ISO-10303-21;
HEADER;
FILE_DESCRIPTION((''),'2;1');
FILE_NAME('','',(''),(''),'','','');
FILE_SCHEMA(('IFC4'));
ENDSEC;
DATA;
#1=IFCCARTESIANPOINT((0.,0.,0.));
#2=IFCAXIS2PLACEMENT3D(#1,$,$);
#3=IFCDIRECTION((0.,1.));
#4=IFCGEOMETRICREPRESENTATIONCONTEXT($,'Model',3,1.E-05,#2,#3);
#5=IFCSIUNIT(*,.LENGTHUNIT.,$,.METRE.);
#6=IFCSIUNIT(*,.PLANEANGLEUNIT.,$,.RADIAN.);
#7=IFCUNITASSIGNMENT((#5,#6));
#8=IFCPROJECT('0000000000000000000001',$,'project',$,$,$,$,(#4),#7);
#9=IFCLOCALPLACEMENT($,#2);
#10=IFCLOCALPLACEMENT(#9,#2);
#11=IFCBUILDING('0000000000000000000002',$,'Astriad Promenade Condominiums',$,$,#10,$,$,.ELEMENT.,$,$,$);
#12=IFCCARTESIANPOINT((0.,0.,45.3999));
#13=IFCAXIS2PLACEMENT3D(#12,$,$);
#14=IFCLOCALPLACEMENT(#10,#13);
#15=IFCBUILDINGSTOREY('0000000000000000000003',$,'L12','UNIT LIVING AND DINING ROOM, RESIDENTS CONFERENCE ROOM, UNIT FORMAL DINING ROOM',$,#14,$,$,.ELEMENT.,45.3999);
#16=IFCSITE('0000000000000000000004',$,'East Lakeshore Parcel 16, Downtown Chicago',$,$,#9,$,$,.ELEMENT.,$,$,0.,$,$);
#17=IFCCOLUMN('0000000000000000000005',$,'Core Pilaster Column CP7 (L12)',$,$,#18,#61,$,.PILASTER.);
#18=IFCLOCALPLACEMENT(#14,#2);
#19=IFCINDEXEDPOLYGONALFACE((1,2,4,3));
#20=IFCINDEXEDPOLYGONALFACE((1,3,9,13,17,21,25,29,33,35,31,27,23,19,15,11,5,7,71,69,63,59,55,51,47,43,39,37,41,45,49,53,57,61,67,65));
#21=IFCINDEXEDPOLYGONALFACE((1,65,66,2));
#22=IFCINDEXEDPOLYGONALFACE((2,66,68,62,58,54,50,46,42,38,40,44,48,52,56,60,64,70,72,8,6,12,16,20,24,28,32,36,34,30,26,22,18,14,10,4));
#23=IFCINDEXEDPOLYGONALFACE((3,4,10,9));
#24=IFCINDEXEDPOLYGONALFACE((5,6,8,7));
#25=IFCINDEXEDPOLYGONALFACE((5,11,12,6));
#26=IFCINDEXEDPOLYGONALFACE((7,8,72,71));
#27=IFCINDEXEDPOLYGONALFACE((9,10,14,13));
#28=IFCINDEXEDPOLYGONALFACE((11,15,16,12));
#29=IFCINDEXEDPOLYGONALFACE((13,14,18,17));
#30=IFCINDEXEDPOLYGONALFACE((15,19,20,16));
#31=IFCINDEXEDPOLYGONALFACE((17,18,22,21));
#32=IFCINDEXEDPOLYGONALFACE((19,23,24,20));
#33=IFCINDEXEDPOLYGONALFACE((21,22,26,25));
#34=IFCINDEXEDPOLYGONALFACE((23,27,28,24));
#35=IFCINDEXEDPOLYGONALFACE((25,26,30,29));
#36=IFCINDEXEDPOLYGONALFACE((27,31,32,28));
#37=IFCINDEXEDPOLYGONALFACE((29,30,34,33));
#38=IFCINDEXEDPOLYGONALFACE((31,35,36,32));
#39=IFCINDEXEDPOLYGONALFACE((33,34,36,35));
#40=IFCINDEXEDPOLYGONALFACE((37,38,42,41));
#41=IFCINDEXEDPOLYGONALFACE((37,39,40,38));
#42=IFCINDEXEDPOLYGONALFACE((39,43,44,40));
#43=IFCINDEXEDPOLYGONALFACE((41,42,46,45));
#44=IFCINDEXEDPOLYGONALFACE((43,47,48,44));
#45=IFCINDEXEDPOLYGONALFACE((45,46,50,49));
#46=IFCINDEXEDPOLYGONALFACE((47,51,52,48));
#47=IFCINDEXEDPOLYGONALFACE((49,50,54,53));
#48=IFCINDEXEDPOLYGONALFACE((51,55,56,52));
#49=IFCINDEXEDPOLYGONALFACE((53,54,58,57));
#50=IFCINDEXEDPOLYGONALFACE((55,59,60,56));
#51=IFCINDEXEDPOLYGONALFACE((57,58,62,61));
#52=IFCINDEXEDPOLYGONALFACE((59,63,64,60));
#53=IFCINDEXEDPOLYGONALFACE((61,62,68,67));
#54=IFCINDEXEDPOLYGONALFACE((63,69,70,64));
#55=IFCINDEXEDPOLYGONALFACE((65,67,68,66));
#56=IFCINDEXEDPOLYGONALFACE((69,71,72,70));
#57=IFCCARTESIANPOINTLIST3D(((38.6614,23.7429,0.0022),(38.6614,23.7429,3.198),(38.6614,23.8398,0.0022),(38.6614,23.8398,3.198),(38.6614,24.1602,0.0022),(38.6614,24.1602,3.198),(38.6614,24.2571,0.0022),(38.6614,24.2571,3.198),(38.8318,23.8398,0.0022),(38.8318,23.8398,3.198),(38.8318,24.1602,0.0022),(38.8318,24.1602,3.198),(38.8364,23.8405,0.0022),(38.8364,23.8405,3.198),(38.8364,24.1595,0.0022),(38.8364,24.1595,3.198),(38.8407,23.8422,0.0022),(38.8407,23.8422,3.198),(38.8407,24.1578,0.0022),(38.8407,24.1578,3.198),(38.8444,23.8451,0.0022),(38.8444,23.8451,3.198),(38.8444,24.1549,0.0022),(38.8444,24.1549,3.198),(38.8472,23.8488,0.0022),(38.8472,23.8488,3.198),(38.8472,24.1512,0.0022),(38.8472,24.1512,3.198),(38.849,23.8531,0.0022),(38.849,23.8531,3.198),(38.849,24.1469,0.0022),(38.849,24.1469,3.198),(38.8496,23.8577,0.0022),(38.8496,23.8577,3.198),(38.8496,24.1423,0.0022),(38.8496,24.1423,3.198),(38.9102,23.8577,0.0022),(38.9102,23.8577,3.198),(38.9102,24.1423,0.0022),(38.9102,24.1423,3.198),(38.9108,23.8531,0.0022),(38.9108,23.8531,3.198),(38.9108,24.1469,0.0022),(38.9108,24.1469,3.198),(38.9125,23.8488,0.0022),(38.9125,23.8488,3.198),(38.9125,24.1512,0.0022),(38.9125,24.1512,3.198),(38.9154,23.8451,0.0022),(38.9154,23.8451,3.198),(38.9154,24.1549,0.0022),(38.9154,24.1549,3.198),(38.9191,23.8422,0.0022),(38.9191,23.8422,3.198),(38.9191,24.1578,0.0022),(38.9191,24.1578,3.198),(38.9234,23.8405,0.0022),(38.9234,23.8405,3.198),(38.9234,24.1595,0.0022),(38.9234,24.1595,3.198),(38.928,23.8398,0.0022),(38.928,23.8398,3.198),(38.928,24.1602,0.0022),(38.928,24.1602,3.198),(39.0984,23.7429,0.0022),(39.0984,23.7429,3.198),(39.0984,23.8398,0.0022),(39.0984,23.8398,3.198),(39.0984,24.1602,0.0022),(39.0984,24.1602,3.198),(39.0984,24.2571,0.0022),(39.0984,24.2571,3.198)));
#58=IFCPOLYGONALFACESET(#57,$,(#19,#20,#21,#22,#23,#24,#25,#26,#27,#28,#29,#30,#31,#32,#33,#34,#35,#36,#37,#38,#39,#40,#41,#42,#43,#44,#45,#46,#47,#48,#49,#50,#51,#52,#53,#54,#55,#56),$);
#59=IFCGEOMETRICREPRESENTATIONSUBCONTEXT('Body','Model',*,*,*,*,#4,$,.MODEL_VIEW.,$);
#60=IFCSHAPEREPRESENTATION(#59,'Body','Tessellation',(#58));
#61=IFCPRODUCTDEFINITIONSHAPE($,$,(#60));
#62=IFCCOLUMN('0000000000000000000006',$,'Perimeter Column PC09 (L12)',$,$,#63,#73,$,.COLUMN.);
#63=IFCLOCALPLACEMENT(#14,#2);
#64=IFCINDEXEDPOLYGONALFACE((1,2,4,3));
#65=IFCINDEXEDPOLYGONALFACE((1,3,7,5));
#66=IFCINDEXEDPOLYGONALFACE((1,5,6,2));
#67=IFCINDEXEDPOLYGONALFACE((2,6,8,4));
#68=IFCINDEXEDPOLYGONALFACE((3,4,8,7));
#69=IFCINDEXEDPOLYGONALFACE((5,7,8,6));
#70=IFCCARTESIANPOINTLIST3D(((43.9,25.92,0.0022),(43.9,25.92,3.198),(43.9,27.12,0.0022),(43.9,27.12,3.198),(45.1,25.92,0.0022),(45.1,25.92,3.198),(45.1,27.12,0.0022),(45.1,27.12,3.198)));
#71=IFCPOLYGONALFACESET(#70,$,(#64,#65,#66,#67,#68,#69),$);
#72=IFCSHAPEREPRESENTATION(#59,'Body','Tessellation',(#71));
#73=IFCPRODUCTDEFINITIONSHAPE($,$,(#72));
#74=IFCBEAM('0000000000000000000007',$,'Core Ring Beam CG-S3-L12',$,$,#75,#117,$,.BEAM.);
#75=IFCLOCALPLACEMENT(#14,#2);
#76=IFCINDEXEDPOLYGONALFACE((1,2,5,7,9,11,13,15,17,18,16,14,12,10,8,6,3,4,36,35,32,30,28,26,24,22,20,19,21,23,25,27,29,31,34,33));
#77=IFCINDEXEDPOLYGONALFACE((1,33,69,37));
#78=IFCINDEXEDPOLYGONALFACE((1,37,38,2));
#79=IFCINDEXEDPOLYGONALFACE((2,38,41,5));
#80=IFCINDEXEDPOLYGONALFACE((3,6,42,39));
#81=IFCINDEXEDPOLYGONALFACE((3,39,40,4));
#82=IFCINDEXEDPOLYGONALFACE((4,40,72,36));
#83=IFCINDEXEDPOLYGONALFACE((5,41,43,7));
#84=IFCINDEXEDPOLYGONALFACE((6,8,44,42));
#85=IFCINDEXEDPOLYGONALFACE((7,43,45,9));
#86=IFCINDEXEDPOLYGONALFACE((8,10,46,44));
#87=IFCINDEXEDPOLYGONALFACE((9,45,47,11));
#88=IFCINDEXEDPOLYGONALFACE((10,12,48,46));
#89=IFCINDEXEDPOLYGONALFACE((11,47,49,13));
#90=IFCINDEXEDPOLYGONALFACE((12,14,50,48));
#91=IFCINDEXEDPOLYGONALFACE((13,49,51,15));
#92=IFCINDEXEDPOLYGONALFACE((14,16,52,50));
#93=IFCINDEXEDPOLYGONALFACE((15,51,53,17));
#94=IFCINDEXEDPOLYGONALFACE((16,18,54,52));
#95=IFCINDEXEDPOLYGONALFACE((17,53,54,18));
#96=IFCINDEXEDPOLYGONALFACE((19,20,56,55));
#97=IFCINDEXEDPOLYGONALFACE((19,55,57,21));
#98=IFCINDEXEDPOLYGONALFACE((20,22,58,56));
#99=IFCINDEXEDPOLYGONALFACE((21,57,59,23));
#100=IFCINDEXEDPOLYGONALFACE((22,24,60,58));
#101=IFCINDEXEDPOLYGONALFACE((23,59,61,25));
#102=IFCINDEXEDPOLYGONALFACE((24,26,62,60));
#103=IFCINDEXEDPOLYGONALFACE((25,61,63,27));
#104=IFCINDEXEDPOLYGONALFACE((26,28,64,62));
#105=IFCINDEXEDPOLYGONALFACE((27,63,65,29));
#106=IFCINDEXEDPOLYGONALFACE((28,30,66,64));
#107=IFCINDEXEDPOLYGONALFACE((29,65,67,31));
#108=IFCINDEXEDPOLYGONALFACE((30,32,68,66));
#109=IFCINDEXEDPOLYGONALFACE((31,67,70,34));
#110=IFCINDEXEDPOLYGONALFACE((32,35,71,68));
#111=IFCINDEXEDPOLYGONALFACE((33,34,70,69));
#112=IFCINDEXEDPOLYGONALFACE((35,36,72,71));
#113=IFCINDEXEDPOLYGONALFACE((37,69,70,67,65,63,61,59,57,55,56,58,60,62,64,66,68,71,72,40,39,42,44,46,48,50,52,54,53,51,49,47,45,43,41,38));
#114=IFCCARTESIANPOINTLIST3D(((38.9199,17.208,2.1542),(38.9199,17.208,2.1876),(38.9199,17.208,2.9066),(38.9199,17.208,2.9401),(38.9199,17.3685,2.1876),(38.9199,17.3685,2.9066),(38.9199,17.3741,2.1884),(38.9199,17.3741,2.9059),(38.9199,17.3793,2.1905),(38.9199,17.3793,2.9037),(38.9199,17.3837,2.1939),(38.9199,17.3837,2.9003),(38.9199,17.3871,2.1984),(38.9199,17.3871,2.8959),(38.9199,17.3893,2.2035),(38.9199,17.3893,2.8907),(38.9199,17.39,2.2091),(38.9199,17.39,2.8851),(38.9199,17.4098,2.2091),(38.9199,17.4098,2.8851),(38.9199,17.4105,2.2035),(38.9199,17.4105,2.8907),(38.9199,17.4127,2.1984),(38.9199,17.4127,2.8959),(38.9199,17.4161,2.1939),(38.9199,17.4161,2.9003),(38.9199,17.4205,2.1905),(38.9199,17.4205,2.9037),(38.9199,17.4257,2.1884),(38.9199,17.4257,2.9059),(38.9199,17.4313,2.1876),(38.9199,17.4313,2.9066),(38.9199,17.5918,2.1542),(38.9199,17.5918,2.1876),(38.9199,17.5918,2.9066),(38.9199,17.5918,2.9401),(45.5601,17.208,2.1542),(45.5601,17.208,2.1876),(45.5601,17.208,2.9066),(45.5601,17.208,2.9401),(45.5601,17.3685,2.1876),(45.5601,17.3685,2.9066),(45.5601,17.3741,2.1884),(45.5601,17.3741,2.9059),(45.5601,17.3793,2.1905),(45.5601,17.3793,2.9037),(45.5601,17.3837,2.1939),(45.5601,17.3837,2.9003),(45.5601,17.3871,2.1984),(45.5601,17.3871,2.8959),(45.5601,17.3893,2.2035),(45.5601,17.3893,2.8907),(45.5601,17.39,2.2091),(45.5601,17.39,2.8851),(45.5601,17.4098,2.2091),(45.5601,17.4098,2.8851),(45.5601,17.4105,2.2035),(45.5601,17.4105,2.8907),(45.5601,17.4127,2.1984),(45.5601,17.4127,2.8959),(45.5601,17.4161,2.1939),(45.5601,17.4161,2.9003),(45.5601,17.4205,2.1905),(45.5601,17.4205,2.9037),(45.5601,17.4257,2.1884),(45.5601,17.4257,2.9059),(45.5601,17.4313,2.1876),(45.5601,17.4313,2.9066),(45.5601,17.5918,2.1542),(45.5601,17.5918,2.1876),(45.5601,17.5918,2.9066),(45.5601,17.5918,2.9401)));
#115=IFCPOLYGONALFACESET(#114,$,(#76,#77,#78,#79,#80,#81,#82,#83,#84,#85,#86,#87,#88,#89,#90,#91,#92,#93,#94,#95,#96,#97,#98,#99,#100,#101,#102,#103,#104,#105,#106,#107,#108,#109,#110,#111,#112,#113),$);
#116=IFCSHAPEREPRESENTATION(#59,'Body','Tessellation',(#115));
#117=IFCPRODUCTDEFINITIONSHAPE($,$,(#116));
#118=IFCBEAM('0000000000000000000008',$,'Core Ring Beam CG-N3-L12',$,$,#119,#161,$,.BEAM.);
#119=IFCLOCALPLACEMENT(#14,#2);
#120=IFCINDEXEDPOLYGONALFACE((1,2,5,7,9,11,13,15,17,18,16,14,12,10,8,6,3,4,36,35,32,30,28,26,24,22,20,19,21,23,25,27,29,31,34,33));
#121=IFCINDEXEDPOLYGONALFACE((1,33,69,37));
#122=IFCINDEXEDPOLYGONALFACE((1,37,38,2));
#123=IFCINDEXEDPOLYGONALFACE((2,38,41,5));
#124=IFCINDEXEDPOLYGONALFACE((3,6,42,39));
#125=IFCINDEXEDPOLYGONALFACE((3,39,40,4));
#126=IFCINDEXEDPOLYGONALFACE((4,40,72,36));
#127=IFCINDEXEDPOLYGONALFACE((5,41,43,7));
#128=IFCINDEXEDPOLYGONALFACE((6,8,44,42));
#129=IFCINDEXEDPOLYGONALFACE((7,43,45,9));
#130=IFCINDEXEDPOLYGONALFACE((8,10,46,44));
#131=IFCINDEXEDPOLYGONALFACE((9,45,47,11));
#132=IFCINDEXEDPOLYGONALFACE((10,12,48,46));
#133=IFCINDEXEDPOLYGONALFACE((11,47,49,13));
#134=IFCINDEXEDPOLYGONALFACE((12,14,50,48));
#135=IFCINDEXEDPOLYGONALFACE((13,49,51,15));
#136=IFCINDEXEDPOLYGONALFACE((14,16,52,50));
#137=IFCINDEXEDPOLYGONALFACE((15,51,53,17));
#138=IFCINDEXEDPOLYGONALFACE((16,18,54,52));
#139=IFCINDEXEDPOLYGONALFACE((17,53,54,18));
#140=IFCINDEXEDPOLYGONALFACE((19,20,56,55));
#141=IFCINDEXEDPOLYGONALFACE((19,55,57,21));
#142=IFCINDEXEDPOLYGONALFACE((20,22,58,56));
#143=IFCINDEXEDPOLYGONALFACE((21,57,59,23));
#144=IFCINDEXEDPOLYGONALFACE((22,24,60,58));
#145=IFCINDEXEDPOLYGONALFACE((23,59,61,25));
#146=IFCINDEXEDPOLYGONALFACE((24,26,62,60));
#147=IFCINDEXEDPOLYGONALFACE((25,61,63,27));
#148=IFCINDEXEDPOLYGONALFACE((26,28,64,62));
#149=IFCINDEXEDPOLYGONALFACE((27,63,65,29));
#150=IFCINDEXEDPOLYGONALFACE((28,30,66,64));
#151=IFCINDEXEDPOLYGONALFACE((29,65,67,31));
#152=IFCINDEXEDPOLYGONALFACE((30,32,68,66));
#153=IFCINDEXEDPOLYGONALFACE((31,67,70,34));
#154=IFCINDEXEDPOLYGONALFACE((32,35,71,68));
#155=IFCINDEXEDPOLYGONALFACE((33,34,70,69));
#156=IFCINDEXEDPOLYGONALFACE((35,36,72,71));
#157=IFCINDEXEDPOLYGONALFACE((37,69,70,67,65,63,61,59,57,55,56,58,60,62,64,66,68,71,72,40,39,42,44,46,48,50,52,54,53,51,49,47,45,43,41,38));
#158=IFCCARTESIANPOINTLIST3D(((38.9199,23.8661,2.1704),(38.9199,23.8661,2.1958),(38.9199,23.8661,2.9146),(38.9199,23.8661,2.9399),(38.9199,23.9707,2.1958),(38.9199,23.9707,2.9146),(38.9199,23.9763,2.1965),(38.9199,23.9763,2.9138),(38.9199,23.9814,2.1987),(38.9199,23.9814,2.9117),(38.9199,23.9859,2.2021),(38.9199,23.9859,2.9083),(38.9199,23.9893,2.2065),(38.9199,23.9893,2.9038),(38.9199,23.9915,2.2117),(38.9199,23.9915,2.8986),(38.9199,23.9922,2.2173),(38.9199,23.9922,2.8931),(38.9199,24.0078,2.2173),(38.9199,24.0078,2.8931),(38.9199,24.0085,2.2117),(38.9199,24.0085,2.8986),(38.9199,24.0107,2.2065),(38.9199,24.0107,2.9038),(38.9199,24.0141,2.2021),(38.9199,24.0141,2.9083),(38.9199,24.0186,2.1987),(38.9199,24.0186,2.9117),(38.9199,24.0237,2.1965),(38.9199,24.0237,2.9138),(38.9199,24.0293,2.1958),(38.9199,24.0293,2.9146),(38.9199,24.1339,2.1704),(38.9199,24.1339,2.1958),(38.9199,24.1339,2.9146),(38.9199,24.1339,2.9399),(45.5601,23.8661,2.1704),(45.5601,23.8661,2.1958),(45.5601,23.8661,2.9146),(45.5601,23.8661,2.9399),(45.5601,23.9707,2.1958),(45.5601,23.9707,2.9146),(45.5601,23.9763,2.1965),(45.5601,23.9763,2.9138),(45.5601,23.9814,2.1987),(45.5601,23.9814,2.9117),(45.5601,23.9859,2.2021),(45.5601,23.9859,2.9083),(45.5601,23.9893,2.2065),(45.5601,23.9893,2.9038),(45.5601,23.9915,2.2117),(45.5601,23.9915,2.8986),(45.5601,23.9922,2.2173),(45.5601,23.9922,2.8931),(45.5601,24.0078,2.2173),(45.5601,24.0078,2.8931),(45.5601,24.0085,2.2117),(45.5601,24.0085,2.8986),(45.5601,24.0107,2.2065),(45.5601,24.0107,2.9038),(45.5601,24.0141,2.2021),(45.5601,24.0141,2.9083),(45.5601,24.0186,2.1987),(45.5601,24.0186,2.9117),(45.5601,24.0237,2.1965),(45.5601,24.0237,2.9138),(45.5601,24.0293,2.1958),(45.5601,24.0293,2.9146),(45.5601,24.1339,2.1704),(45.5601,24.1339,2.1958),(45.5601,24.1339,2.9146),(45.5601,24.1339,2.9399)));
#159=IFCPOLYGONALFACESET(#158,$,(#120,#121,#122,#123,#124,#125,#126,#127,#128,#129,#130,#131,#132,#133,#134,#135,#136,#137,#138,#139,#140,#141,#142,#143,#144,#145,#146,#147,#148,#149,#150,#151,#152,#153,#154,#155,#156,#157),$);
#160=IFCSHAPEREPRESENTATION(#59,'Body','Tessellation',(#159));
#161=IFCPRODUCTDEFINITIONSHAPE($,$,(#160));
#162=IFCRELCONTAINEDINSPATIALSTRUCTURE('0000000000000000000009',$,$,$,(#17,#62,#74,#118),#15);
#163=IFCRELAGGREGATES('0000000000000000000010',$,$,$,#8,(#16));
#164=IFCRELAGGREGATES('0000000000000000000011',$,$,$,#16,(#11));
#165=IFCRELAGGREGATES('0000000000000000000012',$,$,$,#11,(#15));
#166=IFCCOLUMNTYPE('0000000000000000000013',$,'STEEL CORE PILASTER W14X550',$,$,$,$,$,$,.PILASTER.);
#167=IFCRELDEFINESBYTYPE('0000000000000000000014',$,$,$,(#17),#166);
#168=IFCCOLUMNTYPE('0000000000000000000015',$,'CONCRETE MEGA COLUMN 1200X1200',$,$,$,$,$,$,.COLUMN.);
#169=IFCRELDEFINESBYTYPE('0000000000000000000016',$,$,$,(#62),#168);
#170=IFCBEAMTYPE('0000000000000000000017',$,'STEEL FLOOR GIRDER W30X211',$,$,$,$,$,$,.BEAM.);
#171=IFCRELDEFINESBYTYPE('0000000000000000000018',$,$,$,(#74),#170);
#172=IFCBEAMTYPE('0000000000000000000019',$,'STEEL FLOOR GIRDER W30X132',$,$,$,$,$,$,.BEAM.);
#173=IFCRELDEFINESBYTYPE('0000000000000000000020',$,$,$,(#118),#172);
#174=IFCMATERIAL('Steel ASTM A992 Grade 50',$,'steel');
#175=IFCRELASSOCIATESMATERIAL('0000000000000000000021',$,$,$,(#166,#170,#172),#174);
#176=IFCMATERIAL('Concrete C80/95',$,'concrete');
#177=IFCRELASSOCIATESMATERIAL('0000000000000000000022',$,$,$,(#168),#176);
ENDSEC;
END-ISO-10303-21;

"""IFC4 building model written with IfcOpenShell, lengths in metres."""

from ifc_helpers import new_model, si_unit, direction, frame, origin, origin_2d, place, context, subcontext, project, spatial, rectangle, i_section, extrude, source, transform, mapped, material, material_profile, profile_set, type_object, type_shapes, element, save


model = new_model("IFC4")

# Units and contexts
model_context = context("Model", 3, precision=1e-05, world=origin(), true_north=direction((0.0, 1.0)))
body_context = subcontext(model_context, "Body", "Model", "MODEL_VIEW")
ifc_project = project(units=[si_unit("LENGTHUNIT", "METRE"), si_unit("PLANEANGLEUNIT", "RADIAN")], contexts=[model_context])

# Site, building, storey
site_placement = place(None, origin())
site = spatial("IfcSite", under=ifc_project, at=site_placement, Name="East Lakeshore Parcel 16, Downtown Chicago", CompositionType="ELEMENT", RefElevation=0.0)
building_placement = place(site_placement, origin())
building = spatial("IfcBuilding", under=site, at=building_placement, Name="Astriad Promenade Condominiums", CompositionType="ELEMENT")
storey_placement = place(building_placement, frame((0.0, 0.0, 45.3999)))
storey = spatial("IfcBuildingStorey", under=building, at=storey_placement, Name="L12", Description="UNIT LIVING AND DINING ROOM, RESIDENTS CONFERENCE ROOM, UNIT FORMAL DINING ROOM", CompositionType="ELEMENT", Elevation=45.3999)

# Columns
ifc_material_1 = material(Name="Steel ASTM A992 Grade 50", Category="steel")
ifc_material_profile_1 = material_profile(ifc_material_1, i_section(OverallWidth=0.437, OverallDepth=0.5142, WebThickness=0.0605, FlangeThickness=0.0969, FilletRadius=0.0178, at=origin_2d()), Name="W14X550")
ifc_profile_set_1 = profile_set([ifc_material_profile_1], Name="Steel ASTM A992 Grade 50")
column_type_1 = type_object("IfcColumnType", Name="STEEL CORE PILASTER W14X550", PredefinedType="PILASTER", material=ifc_profile_set_1)
shared_shape_1 = source(origin(), body_context, "Body", "SweptSolid", [
    extrude(i_section(OverallWidth=0.437, OverallDepth=0.5142, WebThickness=0.0605, FlangeThickness=0.0969, FilletRadius=0.0178, at=origin_2d()), origin(), (0.0, 0.0, 1.0), 3.1958),
])
type_shapes(column_type_1, [shared_shape_1])
column_1_placement = place(storey_placement, frame((38.8799, 24.0, 0.0022), z_axis=(0.0, 0.0, 1.0), x_axis=(1.0, 0.0, 0.0)))
element("IfcColumn", 1, at=column_1_placement, inside=storey, type_object=column_type_1, Name="Core Pilaster Column CP7 (L12)", PredefinedType="PILASTER", context=body_context, shape_type="MappedRepresentation", body=[
    mapped(shared_shape_1, transform((0.0, 0.0, 0.0), scale=1.0)),
])
ifc_material_2 = material(Name="Concrete C80/95", Category="concrete")
ifc_material_profile_2 = material_profile(ifc_material_2, rectangle(XDim=1.2, YDim=1.2, at=origin_2d()), Name="RC-COL-1200X1200")
ifc_profile_set_2 = profile_set([ifc_material_profile_2], Name="Concrete C80/95")
column_type_2 = type_object("IfcColumnType", Name="CONCRETE MEGA COLUMN 1200X1200", PredefinedType="COLUMN", material=ifc_profile_set_2)
shared_shape_2 = source(origin(), body_context, "Body", "SweptSolid", [
    extrude(rectangle(XDim=1.2, YDim=1.2, at=origin_2d()), origin(), (0.0, 0.0, 1.0), 3.1958),
])
type_shapes(column_type_2, [shared_shape_2])
column_2_placement = place(storey_placement, frame((44.5, 26.52, 0.0022), z_axis=(0.0, 0.0, 1.0), x_axis=(1.0, 0.0, 0.0)))
element("IfcColumn", 2, at=column_2_placement, inside=storey, type_object=column_type_2, Name="Perimeter Column PC09 (L12)", PredefinedType="COLUMN", context=body_context, shape_type="MappedRepresentation", body=[
    mapped(shared_shape_2, transform((0.0, 0.0, 0.0), scale=1.0)),
])

# Beams
ifc_material_profile_3 = material_profile(ifc_material_1, i_section(OverallWidth=0.3838, OverallDepth=0.7859, WebThickness=0.0198, FlangeThickness=0.0334, FilletRadius=0.0215, at=origin_2d()), Name="W30X211")
ifc_profile_set_3 = profile_set([ifc_material_profile_3], Name="Steel ASTM A992 Grade 50")
beam_type_1 = type_object("IfcBeamType", Name="STEEL FLOOR GIRDER W30X211", PredefinedType="BEAM", material=ifc_profile_set_3)
shared_shape_3 = source(origin(), body_context, "Body", "SweptSolid", [
    extrude(i_section(OverallWidth=0.3838, OverallDepth=0.7859, WebThickness=0.0198, FlangeThickness=0.0334, FilletRadius=0.0215, at=origin_2d()), origin(), (0.0, 0.0, 1.0), 6.6401),
])
type_shapes(beam_type_1, [shared_shape_3])
beam_1_placement = place(storey_placement, frame((38.9199, 17.3999, 2.5471), z_axis=(1.0, 0.0, 0.0), x_axis=(0.0, 1.0, 0.0)))
element("IfcBeam", 3, at=beam_1_placement, inside=storey, type_object=beam_type_1, Name="Core Ring Beam CG-S3-L12", PredefinedType="BEAM", context=body_context, shape_type="MappedRepresentation", body=[
    mapped(shared_shape_3, transform((0.0, 0.0, 0.0), scale=1.0)),
])
ifc_material_profile_4 = material_profile(ifc_material_1, i_section(OverallWidth=0.2678, OverallDepth=0.7695, WebThickness=0.0156, FlangeThickness=0.0254, FilletRadius=0.0215, at=origin_2d()), Name="W30X132")
ifc_profile_set_4 = profile_set([ifc_material_profile_4], Name="Steel ASTM A992 Grade 50")
beam_type_2 = type_object("IfcBeamType", Name="STEEL FLOOR GIRDER W30X132", PredefinedType="BEAM", material=ifc_profile_set_4)
shared_shape_4 = source(origin(), body_context, "Body", "SweptSolid", [
    extrude(i_section(OverallWidth=0.2678, OverallDepth=0.7695, WebThickness=0.0156, FlangeThickness=0.0254, FilletRadius=0.0215, at=origin_2d()), origin(), (0.0, 0.0, 1.0), 6.6401),
])
type_shapes(beam_type_2, [shared_shape_4])
beam_2_placement = place(storey_placement, frame((38.9199, 24.0, 2.5552), z_axis=(1.0, 0.0, 0.0), x_axis=(0.0, 1.0, 0.0)))
element("IfcBeam", 4, at=beam_2_placement, inside=storey, type_object=beam_type_2, Name="Core Ring Beam CG-N3-L12", PredefinedType="BEAM", context=body_context, shape_type="MappedRepresentation", body=[
    mapped(shared_shape_4, transform((0.0, 0.0, 0.0), scale=1.0)),
])

save(model, "model.ifc")
